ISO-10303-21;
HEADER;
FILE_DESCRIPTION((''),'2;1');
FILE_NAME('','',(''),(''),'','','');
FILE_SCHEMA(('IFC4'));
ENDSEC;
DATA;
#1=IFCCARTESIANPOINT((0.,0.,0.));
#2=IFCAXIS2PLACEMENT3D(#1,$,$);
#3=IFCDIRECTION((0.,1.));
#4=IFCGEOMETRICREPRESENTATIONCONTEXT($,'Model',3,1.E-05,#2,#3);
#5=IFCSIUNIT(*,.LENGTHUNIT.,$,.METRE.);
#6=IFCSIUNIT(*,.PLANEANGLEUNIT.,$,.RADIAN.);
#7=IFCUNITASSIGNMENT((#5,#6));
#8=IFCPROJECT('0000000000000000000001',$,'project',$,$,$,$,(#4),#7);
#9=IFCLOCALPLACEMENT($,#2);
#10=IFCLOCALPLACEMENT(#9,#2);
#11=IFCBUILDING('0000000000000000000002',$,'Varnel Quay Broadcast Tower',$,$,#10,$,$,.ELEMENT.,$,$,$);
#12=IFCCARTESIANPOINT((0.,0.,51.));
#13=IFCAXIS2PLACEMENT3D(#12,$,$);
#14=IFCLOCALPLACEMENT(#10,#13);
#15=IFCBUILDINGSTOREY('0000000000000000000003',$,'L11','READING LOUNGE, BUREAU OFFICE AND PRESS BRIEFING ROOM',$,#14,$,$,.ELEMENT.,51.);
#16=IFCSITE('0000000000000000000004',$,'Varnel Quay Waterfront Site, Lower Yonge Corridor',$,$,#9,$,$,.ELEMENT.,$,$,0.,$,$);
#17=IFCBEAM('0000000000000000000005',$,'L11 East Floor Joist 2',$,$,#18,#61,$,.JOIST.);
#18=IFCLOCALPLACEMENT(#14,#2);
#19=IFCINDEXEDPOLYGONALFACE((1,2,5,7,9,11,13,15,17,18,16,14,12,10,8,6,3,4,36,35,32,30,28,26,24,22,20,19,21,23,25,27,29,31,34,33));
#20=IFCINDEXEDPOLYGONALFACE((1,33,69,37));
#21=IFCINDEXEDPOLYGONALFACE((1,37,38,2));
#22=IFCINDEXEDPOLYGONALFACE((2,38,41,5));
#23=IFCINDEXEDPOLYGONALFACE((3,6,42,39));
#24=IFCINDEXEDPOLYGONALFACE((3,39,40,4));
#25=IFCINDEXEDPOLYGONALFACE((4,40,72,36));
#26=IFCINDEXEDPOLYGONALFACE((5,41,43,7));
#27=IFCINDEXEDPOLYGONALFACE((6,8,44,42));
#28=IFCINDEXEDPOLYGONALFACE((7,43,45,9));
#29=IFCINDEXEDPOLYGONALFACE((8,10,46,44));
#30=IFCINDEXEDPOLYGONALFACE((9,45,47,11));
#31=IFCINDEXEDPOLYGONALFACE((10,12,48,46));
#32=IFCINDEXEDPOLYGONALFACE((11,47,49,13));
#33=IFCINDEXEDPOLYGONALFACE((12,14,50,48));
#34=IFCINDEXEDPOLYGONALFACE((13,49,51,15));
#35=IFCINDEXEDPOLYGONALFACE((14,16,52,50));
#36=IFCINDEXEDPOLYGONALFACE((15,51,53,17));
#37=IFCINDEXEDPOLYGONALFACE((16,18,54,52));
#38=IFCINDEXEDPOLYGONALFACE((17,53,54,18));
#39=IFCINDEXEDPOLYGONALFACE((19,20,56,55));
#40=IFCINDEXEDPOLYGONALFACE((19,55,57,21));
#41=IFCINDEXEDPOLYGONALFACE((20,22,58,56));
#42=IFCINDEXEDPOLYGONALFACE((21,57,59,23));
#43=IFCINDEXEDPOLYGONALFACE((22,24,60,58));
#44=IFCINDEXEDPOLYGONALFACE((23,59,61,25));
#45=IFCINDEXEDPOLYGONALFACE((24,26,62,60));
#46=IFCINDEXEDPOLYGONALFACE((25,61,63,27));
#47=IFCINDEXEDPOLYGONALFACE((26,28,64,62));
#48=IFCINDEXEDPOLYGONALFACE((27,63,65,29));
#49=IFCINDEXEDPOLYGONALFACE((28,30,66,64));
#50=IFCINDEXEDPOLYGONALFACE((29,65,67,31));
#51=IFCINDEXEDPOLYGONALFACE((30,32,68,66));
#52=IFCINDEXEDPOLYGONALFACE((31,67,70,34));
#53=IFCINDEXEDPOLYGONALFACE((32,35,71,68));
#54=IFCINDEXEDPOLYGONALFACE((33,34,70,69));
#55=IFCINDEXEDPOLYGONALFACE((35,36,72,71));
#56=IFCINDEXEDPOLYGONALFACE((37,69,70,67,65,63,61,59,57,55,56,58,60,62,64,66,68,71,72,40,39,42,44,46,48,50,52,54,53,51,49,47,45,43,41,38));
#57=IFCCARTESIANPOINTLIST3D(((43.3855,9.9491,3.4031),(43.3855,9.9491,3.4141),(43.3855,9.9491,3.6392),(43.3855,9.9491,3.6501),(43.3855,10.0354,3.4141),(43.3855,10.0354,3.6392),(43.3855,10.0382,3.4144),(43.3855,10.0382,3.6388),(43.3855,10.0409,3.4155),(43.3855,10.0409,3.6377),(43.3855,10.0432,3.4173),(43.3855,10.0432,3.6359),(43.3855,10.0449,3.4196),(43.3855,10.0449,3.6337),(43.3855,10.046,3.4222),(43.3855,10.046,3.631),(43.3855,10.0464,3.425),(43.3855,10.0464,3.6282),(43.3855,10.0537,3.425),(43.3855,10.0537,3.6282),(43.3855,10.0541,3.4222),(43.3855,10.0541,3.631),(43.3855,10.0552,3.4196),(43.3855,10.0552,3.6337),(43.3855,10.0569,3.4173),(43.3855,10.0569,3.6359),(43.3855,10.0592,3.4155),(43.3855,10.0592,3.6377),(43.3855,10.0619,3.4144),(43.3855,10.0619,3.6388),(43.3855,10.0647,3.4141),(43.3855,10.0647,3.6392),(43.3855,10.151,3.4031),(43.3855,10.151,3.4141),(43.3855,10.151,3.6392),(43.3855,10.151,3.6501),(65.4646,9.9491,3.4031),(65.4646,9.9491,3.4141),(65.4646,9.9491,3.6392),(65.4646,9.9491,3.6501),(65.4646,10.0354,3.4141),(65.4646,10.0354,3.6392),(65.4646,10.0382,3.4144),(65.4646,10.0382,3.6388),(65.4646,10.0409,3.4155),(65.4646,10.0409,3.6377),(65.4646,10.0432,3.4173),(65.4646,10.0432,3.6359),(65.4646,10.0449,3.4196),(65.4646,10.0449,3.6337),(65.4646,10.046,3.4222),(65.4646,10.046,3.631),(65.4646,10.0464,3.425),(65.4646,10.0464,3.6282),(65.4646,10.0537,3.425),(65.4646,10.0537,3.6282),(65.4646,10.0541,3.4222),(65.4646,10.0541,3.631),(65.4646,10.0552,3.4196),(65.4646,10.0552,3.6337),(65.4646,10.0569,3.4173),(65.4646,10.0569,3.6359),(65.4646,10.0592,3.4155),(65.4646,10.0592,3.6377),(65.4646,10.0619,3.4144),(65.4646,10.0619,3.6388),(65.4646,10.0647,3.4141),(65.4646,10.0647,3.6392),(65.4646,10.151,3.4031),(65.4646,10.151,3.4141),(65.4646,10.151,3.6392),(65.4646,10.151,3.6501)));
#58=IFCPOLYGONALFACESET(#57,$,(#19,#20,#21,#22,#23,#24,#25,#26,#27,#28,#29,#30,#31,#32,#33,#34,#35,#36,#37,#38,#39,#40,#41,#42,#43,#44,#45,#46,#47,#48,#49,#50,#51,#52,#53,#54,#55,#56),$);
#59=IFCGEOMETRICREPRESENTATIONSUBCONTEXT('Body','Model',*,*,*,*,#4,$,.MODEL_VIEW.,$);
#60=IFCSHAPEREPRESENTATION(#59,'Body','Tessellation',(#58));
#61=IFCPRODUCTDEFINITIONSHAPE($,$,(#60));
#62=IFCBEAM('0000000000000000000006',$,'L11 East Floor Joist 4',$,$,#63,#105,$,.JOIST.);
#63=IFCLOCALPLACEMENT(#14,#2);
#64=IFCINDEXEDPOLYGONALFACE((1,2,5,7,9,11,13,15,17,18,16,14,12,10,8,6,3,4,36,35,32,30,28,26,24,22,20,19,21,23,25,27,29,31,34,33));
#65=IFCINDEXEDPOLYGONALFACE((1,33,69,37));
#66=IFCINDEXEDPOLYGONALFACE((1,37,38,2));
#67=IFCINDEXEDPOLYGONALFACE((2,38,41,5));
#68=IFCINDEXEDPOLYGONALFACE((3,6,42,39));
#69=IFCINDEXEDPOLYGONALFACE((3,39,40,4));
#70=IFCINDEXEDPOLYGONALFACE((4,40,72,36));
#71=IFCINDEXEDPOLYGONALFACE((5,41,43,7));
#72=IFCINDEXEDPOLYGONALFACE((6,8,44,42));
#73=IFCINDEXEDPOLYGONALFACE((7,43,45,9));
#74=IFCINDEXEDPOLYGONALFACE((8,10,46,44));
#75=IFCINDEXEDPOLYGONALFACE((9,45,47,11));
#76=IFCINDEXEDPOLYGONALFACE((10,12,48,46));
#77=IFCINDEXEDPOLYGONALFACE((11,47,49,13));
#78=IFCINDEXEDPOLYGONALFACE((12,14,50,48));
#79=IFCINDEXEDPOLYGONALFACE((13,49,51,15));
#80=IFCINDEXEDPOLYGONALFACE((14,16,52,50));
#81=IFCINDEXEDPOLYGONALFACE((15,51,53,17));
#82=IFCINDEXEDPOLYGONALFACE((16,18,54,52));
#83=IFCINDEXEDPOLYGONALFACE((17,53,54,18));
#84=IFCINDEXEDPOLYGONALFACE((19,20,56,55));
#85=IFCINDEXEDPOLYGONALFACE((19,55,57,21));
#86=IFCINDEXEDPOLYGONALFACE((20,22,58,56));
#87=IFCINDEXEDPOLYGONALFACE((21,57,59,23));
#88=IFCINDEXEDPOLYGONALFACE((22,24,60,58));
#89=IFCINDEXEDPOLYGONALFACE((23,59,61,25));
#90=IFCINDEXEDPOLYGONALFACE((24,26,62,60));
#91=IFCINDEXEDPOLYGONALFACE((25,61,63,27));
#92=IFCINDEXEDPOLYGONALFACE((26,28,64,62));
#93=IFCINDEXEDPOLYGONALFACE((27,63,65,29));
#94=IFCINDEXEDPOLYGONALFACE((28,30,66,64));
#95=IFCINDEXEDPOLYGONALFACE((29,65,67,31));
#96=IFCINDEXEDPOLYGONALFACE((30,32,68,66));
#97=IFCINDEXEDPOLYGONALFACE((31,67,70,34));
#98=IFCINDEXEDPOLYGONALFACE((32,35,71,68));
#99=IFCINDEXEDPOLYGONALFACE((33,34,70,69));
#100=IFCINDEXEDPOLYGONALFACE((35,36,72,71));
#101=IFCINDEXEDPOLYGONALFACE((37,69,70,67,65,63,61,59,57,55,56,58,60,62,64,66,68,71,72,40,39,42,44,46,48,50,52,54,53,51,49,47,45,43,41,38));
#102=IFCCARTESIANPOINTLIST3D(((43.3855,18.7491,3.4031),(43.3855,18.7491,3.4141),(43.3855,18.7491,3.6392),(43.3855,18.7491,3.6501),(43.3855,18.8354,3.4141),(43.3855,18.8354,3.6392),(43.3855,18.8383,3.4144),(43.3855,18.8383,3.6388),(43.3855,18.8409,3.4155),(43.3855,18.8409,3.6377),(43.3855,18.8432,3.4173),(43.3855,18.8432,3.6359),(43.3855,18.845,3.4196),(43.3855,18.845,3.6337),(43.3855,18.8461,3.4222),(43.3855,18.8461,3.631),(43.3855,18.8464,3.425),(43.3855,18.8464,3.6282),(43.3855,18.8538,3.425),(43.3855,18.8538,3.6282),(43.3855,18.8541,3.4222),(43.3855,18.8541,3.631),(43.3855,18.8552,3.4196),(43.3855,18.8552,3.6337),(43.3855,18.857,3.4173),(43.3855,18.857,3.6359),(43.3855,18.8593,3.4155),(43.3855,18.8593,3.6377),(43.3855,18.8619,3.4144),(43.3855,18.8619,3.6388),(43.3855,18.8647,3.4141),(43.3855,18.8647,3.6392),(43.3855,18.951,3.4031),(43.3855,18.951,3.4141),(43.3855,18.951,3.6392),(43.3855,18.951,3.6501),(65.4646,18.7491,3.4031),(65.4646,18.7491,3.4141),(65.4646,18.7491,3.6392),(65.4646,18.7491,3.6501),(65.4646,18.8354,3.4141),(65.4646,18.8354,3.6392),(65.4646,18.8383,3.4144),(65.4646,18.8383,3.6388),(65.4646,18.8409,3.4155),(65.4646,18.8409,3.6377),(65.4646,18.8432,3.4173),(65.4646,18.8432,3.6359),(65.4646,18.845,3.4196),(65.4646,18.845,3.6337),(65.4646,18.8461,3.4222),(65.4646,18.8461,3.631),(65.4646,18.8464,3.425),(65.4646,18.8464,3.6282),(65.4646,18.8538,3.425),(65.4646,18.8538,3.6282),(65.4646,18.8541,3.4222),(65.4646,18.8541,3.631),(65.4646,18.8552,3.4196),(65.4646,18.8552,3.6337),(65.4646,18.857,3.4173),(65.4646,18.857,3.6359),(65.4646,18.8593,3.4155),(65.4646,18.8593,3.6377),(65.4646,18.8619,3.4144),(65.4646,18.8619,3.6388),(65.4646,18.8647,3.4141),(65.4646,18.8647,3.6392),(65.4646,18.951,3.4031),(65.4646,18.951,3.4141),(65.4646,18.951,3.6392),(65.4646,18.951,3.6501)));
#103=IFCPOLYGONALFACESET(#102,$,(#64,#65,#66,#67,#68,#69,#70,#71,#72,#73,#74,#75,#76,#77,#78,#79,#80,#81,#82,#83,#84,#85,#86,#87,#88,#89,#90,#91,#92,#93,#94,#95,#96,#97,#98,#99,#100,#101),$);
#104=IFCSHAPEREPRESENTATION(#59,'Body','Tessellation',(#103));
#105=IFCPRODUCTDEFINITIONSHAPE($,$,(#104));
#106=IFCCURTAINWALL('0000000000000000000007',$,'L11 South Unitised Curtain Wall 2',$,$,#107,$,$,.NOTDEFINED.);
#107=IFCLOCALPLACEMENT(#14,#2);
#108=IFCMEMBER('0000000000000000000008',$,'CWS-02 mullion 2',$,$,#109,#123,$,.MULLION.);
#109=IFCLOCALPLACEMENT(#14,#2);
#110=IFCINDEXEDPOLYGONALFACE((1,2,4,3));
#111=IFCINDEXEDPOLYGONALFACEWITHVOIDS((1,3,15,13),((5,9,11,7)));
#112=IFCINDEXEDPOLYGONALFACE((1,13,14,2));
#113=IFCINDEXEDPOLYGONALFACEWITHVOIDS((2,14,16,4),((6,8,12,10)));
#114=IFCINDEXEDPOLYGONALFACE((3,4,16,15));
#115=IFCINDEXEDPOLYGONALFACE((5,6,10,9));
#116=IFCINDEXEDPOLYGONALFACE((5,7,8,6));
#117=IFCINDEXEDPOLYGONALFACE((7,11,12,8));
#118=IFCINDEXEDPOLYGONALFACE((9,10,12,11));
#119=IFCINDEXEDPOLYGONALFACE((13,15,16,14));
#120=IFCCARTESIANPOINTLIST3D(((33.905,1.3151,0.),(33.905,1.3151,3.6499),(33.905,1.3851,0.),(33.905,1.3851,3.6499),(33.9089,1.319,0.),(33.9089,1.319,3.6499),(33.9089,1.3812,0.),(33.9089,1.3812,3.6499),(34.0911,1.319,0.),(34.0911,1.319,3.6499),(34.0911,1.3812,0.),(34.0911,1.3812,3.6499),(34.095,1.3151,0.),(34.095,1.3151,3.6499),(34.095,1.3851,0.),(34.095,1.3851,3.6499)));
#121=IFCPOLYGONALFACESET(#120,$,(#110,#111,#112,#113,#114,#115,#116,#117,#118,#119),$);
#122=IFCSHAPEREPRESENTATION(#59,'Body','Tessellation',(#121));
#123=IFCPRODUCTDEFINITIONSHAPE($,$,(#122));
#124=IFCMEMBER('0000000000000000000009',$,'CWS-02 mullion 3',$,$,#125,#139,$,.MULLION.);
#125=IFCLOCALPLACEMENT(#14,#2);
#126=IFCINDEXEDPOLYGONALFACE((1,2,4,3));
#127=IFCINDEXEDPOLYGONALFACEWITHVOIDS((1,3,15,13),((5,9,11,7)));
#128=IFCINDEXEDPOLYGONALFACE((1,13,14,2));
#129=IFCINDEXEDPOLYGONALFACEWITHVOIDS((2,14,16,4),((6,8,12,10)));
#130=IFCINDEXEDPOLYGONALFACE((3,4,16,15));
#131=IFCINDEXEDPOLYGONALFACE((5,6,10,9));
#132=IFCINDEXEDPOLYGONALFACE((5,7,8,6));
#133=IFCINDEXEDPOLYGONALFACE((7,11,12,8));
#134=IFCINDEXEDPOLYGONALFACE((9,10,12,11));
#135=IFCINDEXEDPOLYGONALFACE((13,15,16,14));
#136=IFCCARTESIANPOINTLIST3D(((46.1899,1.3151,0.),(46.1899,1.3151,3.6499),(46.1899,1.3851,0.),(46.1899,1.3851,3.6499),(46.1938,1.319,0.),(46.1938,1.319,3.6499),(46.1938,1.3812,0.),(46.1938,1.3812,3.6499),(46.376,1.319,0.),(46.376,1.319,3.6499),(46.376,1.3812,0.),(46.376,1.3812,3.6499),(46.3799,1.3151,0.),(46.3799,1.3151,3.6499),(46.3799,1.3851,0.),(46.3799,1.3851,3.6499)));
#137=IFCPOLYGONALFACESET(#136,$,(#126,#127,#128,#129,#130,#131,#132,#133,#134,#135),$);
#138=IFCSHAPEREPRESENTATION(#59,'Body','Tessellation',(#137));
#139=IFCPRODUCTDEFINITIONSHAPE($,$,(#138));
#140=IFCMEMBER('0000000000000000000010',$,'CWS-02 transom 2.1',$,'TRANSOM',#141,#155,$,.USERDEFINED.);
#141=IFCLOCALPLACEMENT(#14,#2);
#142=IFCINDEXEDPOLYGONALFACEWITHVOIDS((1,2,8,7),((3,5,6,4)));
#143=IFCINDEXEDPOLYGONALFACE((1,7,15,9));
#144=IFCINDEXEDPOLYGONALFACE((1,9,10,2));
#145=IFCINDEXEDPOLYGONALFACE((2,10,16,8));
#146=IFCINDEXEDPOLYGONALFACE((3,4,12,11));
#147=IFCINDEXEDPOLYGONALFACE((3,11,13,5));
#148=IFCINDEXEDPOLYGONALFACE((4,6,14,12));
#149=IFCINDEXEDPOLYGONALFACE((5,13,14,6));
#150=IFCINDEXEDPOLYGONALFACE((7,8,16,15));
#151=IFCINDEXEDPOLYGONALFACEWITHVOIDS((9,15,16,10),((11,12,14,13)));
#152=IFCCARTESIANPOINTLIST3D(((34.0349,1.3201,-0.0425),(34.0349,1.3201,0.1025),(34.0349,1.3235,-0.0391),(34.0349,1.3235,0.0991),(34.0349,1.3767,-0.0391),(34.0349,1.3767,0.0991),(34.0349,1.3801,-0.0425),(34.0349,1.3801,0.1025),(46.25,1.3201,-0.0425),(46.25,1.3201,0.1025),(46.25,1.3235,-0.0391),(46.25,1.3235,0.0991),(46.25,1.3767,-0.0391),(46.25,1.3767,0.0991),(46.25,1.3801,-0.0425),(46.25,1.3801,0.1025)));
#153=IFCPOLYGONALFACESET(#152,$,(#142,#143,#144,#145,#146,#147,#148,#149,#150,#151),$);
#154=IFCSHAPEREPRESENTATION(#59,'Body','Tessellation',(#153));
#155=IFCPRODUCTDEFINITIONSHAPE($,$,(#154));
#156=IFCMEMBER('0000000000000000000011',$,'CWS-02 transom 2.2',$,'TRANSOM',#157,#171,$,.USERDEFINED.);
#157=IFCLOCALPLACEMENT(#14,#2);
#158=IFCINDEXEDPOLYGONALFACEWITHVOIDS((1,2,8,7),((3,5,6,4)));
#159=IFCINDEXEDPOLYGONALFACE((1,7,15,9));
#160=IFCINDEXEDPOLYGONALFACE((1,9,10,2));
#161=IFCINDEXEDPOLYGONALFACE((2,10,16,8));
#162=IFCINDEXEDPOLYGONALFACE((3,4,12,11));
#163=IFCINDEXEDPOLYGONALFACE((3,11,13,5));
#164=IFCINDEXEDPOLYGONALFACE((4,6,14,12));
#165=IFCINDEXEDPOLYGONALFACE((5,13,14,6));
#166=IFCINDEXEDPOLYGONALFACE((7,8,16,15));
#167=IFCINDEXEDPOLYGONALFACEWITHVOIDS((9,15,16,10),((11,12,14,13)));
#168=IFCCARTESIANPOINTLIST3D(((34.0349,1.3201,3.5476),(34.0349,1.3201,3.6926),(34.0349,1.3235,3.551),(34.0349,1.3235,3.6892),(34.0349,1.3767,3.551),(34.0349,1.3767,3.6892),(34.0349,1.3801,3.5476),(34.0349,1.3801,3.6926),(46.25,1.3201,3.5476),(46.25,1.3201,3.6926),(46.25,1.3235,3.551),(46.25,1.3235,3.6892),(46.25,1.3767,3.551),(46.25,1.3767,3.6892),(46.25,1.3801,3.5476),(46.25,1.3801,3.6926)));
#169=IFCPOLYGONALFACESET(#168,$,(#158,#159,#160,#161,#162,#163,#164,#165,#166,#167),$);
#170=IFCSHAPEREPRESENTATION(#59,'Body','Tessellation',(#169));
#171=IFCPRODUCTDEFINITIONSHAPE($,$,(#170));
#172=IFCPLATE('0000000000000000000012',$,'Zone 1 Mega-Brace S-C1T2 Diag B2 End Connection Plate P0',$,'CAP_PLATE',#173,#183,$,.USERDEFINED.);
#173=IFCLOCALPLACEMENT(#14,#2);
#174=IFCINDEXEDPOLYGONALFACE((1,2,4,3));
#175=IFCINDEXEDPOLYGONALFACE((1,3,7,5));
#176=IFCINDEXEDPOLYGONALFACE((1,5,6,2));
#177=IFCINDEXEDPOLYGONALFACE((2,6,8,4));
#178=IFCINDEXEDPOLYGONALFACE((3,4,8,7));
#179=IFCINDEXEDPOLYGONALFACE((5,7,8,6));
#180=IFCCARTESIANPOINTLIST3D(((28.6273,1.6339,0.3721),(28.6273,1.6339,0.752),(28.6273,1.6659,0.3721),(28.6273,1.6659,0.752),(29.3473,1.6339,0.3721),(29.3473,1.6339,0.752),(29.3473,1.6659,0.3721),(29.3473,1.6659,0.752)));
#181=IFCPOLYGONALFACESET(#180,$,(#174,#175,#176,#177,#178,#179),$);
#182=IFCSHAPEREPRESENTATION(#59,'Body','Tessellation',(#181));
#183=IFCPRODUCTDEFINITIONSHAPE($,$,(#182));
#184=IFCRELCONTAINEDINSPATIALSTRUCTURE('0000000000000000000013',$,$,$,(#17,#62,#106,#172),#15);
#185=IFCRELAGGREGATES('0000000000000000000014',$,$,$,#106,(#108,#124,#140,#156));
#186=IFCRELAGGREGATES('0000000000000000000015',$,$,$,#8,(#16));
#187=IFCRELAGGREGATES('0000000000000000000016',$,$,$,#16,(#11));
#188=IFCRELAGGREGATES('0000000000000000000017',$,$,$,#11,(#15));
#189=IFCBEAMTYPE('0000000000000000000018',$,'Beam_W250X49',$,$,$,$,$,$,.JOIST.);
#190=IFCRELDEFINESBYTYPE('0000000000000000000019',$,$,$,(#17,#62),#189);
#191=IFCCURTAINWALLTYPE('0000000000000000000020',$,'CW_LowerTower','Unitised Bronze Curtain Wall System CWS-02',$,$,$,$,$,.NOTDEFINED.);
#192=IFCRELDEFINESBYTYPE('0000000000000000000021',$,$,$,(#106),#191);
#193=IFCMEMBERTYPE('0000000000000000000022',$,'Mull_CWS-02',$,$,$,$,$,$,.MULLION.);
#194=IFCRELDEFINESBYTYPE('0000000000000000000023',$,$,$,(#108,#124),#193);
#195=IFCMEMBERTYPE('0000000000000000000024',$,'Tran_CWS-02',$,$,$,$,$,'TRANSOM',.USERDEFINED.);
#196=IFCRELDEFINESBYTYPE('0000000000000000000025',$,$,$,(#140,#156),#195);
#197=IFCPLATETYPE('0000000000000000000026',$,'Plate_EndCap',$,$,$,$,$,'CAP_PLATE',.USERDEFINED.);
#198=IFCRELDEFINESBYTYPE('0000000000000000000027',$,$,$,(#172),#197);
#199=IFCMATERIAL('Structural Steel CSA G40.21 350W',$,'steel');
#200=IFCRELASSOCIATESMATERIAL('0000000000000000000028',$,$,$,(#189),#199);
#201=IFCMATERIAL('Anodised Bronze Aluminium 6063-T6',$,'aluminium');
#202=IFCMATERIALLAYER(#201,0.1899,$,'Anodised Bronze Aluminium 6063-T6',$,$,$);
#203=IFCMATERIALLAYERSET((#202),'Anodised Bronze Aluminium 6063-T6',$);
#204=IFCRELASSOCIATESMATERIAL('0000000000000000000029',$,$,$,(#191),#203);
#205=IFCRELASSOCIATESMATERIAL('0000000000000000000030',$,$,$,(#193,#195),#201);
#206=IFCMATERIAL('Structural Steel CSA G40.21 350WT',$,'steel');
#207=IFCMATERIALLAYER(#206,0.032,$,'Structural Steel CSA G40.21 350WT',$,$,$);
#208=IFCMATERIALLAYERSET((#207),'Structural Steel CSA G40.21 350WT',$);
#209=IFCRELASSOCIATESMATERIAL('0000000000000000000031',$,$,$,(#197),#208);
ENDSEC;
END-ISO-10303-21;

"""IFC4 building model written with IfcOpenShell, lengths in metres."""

from ifc_helpers import new_model, si_unit, direction, frame, origin, origin_2d, place, context, subcontext, project, spatial, rectangle, hollow_rectangle, i_section, extrude, source, transform, mapped, material, layer, layer_set, material_profile, profile_set, type_object, type_shapes, element, aggregate, save


model = new_model("IFC4")

# Units and contexts
model_context = context("Model", 3, precision=1e-05, world=origin(), true_north=direction((0.0, 1.0)))
body_context = subcontext(model_context, "Body", "Model", "MODEL_VIEW")
ifc_project = project(units=[si_unit("LENGTHUNIT", "METRE"), si_unit("PLANEANGLEUNIT", "RADIAN")], contexts=[model_context])

# Site, building, storey
site_placement = place(None, origin())
site = spatial("IfcSite", under=ifc_project, at=site_placement, Name="Varnel Quay Waterfront Site, Lower Yonge Corridor", CompositionType="ELEMENT", RefElevation=0.0)
building_placement = place(site_placement, origin())
building = spatial("IfcBuilding", under=site, at=building_placement, Name="Varnel Quay Broadcast Tower", CompositionType="ELEMENT")
storey_placement = place(building_placement, frame((0.0, 0.0, 51.0)))
storey = spatial("IfcBuildingStorey", under=building, at=storey_placement, Name="L11", Description="READING LOUNGE, BUREAU OFFICE AND PRESS BRIEFING ROOM", CompositionType="ELEMENT", Elevation=51.0)

# Shared definitions
ifc_material_1 = material(Name="Structural Steel CSA G40.21 350W", Category="steel")

# Beams
ifc_material_profile_1 = material_profile(ifc_material_1, i_section(OverallWidth=0.2019, OverallDepth=0.2471, WebThickness=0.0073, FlangeThickness=0.011, FilletRadius=0.011, at=origin_2d()), Name="W250X49")
ifc_profile_set_1 = profile_set([ifc_material_profile_1], Name="Structural Steel CSA G40.21 350W")
beam_type_1 = type_object("IfcBeamType", Name="Beam_W250X49", PredefinedType="JOIST", material=ifc_profile_set_1)
shared_shape_1 = source(origin(), body_context, "Body", "SweptSolid", [
    extrude(i_section(OverallWidth=0.2019, OverallDepth=0.2471, WebThickness=0.0073, FlangeThickness=0.011, FilletRadius=0.011, at=origin_2d()), origin(), (0.0, 0.0, 1.0), 22.0791),
])
type_shapes(beam_type_1, [shared_shape_1])
for number, where, z_axis, x_axis, name in (
    (1, (43.3855, 10.05, 3.5266), (1.0, 0.0, 0.0), (0.0, 1.0, 0.0), "L11 East Floor Joist 2"),
    (2, (43.3855, 18.8501, 3.5266), (1.0, 0.0, 0.0), (0.0, 1.0, 0.0), "L11 East Floor Joist 4"),
):
    element("IfcBeam", number, at=place(storey_placement, frame(where, z_axis=z_axis, x_axis=x_axis)), inside=storey, type_object=beam_type_1, Name=name, PredefinedType="JOIST", context=body_context, shape_type="MappedRepresentation", body=[
        mapped(shared_shape_1, transform((0.0, 0.0, 0.0), x_axis=(1.0, 0.0, 0.0), y_axis=(0.0, 1.0, 0.0), z_axis=(0.0, 0.0, 1.0), scale=1.0)),
    ])

# Curtain wall, members
ifc_material_2 = material(Name="Anodised Bronze Aluminium 6063-T6", Category="aluminium")
ifc_layer_1 = layer(ifc_material_2, 0.1899, Name="Anodised Bronze Aluminium 6063-T6")
ifc_layer_set_1 = layer_set([ifc_layer_1], Name="Anodised Bronze Aluminium 6063-T6")
curtain_wall_type = type_object("IfcCurtainWallType", Name="CW_LowerTower", Description="Unitised Bronze Curtain Wall System CWS-02", PredefinedType="NOTDEFINED", material=ifc_layer_set_1)
curtain_wall_placement = place(storey_placement, origin())
curtain_wall = element("IfcCurtainWall", 3, at=curtain_wall_placement, inside=storey, type_object=curtain_wall_type, Name="L11 South Unitised Curtain Wall 2", PredefinedType="NOTDEFINED")
ifc_material_profile_2 = material_profile(ifc_material_2, hollow_rectangle(XDim=0.0701, YDim=0.1899, WallThickness=0.0039, at=origin_2d()), Name="ALU70X190X4")
ifc_profile_set_2 = profile_set([ifc_material_profile_2], Name="Anodised Bronze Aluminium 6063-T6")
member_type_1 = type_object("IfcMemberType", Name="Mull_CWS-02", PredefinedType="MULLION", material=ifc_profile_set_2)
shared_shape_2 = source(origin(), body_context, "Body", "SweptSolid", [
    extrude(hollow_rectangle(XDim=0.0701, YDim=0.1899, WallThickness=0.0039, at=origin_2d()), origin(), (0.0, 0.0, 1.0), 3.6499),
])
type_shapes(member_type_1, [shared_shape_2])
member_1_placement = place(storey_placement, frame((34.0, 1.3501, 0.0), z_axis=(0.0, 0.0, 1.0), x_axis=(0.0, 1.0, 0.0)))
member_1 = element("IfcMember", 4, at=member_1_placement, type_object=member_type_1, Name="CWS-02 mullion 2", PredefinedType="MULLION", context=body_context, shape_type="MappedRepresentation", body=[
    mapped(shared_shape_2, transform((0.0, 0.0, 0.0), x_axis=(1.0, 0.0, 0.0), y_axis=(0.0, 1.0, 0.0), z_axis=(0.0, 0.0, 1.0), scale=1.0)),
])
member_2_placement = place(storey_placement, frame((46.2849, 1.3501, 0.0), z_axis=(0.0, 0.0, 1.0), x_axis=(0.0, 1.0, 0.0)))
member_2 = element("IfcMember", 5, at=member_2_placement, type_object=member_type_1, Name="CWS-02 mullion 3", PredefinedType="MULLION", context=body_context, shape_type="MappedRepresentation", body=[
    mapped(shared_shape_2, transform((0.0, 0.0, 0.0), x_axis=(1.0, 0.0, 0.0), y_axis=(0.0, 1.0, 0.0), z_axis=(0.0, 0.0, 1.0), scale=1.0)),
])
ifc_material_profile_3 = material_profile(ifc_material_2, hollow_rectangle(XDim=0.0601, YDim=0.145, WallThickness=0.0034, at=origin_2d()), Name="ALU60X145X3.5")
ifc_profile_set_3 = profile_set([ifc_material_profile_3], Name="Anodised Bronze Aluminium 6063-T6")
member_type_2 = type_object("IfcMemberType", Name="Tran_CWS-02", ElementType="TRANSOM", PredefinedType="USERDEFINED", material=ifc_profile_set_3)
shared_shape_3 = source(origin(), body_context, "Body", "SweptSolid", [
    extrude(hollow_rectangle(XDim=0.0601, YDim=0.145, WallThickness=0.0034, at=origin_2d()), origin(), (0.0, 0.0, 1.0), 12.2151),
])
type_shapes(member_type_2, [shared_shape_3])
member_3_placement = place(storey_placement, frame((34.0349, 1.3501, 0.03), z_axis=(1.0, 0.0, 0.0), x_axis=(0.0, 1.0, 0.0)))
member_3 = element("IfcMember", 6, at=member_3_placement, type_object=member_type_2, Name="CWS-02 transom 2.1", ObjectType="TRANSOM", PredefinedType="USERDEFINED", context=body_context, shape_type="MappedRepresentation", body=[
    mapped(shared_shape_3, transform((0.0, 0.0, 0.0), x_axis=(1.0, 0.0, 0.0), y_axis=(0.0, 1.0, 0.0), z_axis=(0.0, 0.0, 1.0), scale=1.0)),
])
member_4_placement = place(storey_placement, frame((34.0349, 1.3501, 3.6201), z_axis=(1.0, 0.0, 0.0), x_axis=(0.0, 1.0, 0.0)))
member_4 = element("IfcMember", 7, at=member_4_placement, type_object=member_type_2, Name="CWS-02 transom 2.2", ObjectType="TRANSOM", PredefinedType="USERDEFINED", context=body_context, shape_type="MappedRepresentation", body=[
    mapped(shared_shape_3, transform((0.0, 0.0, 0.0), x_axis=(1.0, 0.0, 0.0), y_axis=(0.0, 1.0, 0.0), z_axis=(0.0, 0.0, 1.0), scale=1.0)),
])

# Plate
ifc_material_3 = material(Name="Structural Steel CSA G40.21 350WT", Category="steel")
ifc_layer_2 = layer(ifc_material_3, 0.032, Name="Structural Steel CSA G40.21 350WT")
ifc_layer_set_2 = layer_set([ifc_layer_2], Name="Structural Steel CSA G40.21 350WT")
plate_type_1 = type_object("IfcPlateType", Name="Plate_EndCap", ElementType="CAP_PLATE", PredefinedType="USERDEFINED", material=ifc_layer_set_2)
shared_shape_4 = source(origin(), body_context, "Body", "SweptSolid", [
    extrude(rectangle(XDim=0.72, YDim=0.032, at=origin_2d()), origin(), (0.0, 0.0, 1.0), 0.3799),
])
type_shapes(plate_type_1, [shared_shape_4])
for number, where, z_axis, x_axis, name in (
    (8, (28.9873, 1.6499, 0.3721), (0.0, 0.0, 1.0), (1.0, 0.0, 0.0), "Zone 1 Mega-Brace S-C1T2 Diag B2 End Connection Plate P0"),
):
    element("IfcPlate", number, at=place(storey_placement, frame(where, z_axis=z_axis, x_axis=x_axis)), inside=storey, type_object=plate_type_1, Name=name, ObjectType="CAP_PLATE", PredefinedType="USERDEFINED", context=body_context, shape_type="MappedRepresentation", body=[
        mapped(shared_shape_4, transform((0.0, 0.0, 0.0), x_axis=(1.0, 0.0, 0.0), y_axis=(0.0, 1.0, 0.0), z_axis=(0.0, 0.0, 1.0), scale=1.0)),
    ])

aggregate(curtain_wall, [member_1, member_2, member_3, member_4])

save(model, "model.ifc")
